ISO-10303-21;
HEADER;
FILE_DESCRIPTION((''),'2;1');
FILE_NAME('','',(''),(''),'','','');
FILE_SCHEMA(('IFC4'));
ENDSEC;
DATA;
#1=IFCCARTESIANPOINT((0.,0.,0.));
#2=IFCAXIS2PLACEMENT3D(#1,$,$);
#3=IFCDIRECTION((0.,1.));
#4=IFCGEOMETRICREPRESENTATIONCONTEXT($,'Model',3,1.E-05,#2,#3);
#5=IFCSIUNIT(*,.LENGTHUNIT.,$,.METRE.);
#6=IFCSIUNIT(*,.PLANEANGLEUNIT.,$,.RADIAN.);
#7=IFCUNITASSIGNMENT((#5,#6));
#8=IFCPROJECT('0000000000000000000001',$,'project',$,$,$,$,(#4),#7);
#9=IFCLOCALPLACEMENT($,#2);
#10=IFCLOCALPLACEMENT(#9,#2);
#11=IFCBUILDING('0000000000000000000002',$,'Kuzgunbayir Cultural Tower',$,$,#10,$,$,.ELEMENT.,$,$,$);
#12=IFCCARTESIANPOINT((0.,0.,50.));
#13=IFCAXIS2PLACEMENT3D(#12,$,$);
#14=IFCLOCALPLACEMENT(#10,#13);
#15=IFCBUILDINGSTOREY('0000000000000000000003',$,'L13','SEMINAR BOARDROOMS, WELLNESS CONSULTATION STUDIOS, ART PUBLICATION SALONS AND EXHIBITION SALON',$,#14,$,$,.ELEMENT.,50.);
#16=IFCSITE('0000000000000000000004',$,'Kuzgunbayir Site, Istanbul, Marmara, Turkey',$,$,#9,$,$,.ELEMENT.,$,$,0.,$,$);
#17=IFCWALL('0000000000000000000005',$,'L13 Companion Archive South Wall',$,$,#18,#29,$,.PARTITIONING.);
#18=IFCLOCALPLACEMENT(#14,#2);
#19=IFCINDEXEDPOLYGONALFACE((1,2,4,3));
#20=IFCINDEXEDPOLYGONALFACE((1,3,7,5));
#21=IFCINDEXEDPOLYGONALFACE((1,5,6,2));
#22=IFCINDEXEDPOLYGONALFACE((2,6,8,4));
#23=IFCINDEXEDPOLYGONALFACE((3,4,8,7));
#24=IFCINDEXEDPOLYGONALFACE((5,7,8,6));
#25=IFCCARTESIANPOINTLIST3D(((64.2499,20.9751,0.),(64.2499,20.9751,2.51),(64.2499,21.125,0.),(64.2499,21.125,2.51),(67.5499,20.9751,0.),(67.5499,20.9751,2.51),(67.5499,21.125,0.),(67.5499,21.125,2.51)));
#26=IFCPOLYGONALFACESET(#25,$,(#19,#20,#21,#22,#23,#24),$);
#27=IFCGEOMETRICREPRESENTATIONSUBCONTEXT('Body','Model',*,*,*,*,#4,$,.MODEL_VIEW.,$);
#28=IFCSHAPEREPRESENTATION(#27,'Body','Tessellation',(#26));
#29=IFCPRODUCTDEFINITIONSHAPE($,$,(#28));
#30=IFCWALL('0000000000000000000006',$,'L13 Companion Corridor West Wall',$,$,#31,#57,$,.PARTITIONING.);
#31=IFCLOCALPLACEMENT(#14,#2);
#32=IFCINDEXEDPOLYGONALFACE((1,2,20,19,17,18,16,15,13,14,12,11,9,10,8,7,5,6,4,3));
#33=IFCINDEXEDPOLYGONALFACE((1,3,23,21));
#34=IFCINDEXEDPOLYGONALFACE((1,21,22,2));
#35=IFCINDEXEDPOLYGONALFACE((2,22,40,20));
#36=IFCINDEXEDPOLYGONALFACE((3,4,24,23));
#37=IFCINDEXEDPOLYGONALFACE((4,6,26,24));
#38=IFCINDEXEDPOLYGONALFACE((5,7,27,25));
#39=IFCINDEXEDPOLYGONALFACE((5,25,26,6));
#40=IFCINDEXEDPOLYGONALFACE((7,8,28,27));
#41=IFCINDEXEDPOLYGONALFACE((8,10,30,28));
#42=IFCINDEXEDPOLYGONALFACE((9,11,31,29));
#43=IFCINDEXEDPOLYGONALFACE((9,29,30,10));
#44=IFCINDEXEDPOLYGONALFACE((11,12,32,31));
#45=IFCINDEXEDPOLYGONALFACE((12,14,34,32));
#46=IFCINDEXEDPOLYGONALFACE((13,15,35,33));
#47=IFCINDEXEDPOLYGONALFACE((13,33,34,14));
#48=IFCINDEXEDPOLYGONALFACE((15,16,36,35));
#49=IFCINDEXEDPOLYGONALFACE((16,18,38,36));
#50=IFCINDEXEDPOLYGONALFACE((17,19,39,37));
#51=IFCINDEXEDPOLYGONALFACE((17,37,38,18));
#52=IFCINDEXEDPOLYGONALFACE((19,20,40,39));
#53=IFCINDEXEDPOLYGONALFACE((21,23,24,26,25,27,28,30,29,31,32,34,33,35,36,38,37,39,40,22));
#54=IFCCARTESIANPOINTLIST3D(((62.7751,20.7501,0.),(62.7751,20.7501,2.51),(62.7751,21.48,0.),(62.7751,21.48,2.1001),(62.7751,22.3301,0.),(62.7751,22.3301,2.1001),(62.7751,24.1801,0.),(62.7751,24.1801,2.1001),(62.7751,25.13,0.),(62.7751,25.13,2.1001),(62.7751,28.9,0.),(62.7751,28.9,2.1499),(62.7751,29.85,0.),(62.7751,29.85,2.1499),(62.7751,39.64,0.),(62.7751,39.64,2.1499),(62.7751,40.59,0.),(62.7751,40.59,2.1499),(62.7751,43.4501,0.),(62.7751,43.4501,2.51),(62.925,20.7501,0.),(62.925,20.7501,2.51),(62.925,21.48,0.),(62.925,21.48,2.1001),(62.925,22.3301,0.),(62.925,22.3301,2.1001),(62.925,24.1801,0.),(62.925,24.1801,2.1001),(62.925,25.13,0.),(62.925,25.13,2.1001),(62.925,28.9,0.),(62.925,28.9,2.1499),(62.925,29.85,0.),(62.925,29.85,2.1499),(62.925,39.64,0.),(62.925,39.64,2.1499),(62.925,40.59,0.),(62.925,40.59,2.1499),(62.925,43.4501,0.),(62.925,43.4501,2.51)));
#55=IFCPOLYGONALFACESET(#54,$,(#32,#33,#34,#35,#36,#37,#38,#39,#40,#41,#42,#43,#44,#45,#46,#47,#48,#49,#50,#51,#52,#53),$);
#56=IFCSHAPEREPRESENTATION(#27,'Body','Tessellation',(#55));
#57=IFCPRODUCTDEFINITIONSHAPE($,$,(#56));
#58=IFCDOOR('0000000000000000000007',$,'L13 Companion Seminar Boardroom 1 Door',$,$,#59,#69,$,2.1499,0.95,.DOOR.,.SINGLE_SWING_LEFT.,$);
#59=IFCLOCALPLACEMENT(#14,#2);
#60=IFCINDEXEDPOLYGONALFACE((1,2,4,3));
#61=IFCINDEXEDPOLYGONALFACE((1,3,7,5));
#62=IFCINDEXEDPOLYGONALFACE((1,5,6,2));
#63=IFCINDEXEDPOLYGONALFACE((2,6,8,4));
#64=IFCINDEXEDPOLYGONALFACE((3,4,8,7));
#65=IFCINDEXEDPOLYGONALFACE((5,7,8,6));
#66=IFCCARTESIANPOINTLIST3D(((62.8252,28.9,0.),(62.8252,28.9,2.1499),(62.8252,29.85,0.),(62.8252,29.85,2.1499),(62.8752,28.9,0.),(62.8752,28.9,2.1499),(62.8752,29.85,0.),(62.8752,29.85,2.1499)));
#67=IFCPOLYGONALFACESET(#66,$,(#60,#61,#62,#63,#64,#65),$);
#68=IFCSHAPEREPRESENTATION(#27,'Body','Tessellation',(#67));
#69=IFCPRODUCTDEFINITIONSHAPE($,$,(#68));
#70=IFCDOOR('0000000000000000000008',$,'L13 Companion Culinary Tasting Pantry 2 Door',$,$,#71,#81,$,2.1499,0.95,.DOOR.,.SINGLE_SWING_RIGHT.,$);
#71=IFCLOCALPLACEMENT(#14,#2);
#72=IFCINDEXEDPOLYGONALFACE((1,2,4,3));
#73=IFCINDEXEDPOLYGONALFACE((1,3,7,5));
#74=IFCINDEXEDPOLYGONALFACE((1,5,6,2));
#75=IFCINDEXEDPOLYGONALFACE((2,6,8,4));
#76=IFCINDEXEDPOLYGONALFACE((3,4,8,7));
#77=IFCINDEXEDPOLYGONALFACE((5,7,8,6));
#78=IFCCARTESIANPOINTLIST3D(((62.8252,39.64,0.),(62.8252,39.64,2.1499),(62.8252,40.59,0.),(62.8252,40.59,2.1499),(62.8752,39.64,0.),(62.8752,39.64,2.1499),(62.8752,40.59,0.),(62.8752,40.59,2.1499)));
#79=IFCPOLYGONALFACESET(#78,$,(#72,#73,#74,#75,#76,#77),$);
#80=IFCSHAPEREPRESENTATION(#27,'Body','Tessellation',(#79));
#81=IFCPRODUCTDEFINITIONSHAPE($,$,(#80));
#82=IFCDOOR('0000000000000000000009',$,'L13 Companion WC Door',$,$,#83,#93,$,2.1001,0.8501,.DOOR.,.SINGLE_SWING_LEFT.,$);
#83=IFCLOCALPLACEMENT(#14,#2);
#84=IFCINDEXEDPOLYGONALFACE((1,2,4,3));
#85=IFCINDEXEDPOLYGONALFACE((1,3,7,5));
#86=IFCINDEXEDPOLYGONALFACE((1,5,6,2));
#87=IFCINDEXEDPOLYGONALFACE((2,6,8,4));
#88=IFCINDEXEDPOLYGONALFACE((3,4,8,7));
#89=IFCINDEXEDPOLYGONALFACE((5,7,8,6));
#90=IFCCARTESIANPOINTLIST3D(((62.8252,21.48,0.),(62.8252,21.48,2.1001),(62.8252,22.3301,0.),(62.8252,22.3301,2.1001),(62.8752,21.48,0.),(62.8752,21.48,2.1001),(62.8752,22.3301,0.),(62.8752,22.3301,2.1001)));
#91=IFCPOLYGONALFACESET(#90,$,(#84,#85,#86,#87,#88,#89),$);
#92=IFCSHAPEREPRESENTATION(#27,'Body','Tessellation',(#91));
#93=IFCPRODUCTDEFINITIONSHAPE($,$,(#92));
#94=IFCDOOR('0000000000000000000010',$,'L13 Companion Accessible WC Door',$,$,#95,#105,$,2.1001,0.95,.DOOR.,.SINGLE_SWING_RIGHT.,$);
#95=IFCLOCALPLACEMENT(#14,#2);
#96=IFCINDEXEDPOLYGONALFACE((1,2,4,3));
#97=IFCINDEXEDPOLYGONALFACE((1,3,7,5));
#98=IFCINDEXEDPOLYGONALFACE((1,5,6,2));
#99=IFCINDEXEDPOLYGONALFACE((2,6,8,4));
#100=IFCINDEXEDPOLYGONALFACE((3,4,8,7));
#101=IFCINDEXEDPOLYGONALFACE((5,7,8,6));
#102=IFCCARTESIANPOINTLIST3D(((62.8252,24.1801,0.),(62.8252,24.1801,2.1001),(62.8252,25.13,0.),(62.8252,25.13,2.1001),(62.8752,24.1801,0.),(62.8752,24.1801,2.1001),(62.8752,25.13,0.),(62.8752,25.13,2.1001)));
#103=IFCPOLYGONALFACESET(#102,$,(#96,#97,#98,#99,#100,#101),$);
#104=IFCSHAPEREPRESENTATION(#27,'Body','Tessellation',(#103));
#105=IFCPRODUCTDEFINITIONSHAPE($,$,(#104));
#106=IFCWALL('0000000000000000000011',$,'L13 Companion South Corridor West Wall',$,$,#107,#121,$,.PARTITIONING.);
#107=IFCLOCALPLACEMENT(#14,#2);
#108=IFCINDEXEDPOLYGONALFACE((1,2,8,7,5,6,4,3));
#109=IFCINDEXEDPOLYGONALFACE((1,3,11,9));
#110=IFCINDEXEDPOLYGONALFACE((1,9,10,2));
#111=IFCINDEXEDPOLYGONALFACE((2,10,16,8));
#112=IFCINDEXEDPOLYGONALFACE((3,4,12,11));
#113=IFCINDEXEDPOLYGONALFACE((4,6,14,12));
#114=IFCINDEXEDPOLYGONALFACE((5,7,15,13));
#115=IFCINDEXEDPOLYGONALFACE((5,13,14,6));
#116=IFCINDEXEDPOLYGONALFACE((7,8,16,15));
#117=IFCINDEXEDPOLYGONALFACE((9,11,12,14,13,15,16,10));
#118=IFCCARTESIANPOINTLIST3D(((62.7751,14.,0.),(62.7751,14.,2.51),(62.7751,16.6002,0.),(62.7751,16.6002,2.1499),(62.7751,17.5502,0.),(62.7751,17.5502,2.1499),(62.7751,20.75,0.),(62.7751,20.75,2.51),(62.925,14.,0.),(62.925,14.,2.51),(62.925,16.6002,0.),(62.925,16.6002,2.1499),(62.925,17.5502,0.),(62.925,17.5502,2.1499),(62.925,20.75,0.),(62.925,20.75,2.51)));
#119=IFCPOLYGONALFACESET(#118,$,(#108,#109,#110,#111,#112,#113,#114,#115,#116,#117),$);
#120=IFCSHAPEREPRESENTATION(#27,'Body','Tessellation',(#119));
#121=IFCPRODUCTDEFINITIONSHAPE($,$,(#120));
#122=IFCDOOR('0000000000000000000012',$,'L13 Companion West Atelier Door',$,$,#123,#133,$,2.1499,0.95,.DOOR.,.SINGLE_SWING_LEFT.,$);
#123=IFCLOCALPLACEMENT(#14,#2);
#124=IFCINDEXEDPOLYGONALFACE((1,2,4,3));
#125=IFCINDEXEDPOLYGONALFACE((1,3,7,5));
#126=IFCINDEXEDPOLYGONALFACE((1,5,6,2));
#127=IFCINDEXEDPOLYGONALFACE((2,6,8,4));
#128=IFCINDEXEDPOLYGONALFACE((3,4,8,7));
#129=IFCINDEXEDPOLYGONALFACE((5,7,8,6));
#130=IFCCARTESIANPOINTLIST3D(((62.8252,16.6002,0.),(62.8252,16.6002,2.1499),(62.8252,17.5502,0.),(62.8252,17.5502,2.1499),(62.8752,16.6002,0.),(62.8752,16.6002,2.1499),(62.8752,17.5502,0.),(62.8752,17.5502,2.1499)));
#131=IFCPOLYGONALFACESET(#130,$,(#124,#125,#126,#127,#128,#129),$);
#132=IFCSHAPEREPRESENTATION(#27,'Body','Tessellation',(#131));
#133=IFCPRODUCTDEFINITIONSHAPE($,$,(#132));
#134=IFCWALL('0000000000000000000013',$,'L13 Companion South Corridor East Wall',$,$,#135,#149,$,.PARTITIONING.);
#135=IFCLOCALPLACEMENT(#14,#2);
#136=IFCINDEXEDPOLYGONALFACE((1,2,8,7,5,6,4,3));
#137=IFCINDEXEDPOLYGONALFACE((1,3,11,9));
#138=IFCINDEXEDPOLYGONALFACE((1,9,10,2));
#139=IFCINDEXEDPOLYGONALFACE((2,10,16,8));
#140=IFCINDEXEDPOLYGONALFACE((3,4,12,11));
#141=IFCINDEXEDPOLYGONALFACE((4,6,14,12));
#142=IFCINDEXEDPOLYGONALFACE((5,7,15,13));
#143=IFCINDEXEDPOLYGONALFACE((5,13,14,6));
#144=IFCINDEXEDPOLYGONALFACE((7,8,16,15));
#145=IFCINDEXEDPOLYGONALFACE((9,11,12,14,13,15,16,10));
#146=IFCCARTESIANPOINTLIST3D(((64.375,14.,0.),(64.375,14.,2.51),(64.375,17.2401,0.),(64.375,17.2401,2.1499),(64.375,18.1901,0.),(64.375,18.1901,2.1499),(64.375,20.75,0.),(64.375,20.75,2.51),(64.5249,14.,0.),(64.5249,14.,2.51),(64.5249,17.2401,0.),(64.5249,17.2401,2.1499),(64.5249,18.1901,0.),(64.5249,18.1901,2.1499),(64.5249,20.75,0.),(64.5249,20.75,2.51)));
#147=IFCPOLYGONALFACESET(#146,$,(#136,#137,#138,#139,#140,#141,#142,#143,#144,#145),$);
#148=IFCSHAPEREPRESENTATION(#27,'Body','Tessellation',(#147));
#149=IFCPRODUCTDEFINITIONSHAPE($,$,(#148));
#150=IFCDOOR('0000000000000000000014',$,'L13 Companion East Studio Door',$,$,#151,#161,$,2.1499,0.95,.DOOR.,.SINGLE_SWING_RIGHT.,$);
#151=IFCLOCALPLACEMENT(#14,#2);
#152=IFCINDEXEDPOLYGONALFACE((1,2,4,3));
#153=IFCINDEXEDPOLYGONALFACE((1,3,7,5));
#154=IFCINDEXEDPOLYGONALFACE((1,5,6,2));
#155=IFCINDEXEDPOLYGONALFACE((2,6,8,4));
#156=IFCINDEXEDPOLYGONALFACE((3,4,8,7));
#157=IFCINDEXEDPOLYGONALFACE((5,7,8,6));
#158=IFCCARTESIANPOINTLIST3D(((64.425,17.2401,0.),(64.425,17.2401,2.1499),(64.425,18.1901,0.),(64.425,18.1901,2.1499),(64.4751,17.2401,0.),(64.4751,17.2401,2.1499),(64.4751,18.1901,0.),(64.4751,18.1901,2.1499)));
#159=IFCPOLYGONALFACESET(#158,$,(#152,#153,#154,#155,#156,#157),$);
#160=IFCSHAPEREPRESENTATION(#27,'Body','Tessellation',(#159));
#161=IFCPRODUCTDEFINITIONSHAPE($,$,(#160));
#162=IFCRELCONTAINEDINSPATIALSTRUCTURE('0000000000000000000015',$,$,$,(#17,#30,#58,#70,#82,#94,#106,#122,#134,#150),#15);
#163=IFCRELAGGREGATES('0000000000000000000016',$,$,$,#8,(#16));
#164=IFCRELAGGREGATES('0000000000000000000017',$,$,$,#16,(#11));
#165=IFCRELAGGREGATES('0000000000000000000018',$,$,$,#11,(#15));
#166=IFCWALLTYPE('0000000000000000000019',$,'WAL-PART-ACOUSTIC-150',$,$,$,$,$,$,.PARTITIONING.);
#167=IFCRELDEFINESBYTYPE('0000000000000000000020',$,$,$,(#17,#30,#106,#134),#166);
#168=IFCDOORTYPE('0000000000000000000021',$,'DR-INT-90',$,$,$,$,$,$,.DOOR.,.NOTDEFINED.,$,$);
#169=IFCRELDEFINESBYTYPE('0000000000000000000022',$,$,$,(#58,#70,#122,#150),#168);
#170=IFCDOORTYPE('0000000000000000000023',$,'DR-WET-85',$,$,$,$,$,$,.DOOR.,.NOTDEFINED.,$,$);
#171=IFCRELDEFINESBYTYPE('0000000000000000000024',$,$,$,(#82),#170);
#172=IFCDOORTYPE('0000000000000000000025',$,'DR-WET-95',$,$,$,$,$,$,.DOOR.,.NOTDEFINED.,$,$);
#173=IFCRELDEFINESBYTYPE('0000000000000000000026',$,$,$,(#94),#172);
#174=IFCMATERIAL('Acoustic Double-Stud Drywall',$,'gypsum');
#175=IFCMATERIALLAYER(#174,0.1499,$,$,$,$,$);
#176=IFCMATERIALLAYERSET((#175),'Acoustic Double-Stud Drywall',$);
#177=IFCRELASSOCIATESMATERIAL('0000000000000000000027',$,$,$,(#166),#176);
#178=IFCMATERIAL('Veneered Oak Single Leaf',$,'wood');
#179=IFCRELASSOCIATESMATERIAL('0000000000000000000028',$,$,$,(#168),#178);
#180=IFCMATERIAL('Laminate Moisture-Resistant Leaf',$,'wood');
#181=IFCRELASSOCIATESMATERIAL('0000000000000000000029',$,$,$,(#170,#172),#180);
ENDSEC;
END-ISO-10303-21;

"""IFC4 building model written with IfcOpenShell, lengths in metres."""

from ifc_helpers import new_model, si_unit, direction, frame, frame_2d, origin, place, context, subcontext, project, spatial, rectangle, extrude, material, layer, layer_set, type_object, element, fill, save


model = new_model("IFC4")

# Units and contexts
model_context = context("Model", 3, precision=1e-05, world=origin(), true_north=direction((0.0, 1.0)))
body_context = subcontext(model_context, "Body", "Model", "MODEL_VIEW")
ifc_project = project(units=[si_unit("LENGTHUNIT", "METRE"), si_unit("PLANEANGLEUNIT", "RADIAN")], contexts=[model_context])

# Site, building, storey
site_placement = place(None, origin())
site = spatial("IfcSite", under=ifc_project, at=site_placement, Name="Kuzgunbayir Site, Istanbul, Marmara, Turkey", CompositionType="ELEMENT", RefElevation=0.0)
building_placement = place(site_placement, origin())
building = spatial("IfcBuilding", under=site, at=building_placement, Name="Kuzgunbayir Cultural Tower", CompositionType="ELEMENT")
storey_placement = place(building_placement, frame((0.0, 0.0, 50.0)))
storey = spatial("IfcBuildingStorey", under=building, at=storey_placement, Name="L13", Description="SEMINAR BOARDROOMS, WELLNESS CONSULTATION STUDIOS, ART PUBLICATION SALONS AND EXHIBITION SALON", CompositionType="ELEMENT", Elevation=50.0)

# Shared definitions
ifc_material_1 = material(Name="Acoustic Double-Stud Drywall", Category="gypsum")
ifc_layer_1 = layer(ifc_material_1, 0.1499)
ifc_layer_set_1 = layer_set([ifc_layer_1], Name="Acoustic Double-Stud Drywall")
wall_type_1 = type_object("IfcWallType", Name="WAL-PART-ACOUSTIC-150", PredefinedType="PARTITIONING", material=ifc_layer_set_1)
ifc_material_2 = material(Name="Veneered Oak Single Leaf", Category="wood")
door_type_1 = type_object("IfcDoorType", Name="DR-INT-90", OperationType="NOTDEFINED", PredefinedType="DOOR", material=ifc_material_2)

# Wall
wall_1_placement = place(storey_placement, frame((64.25, 21.05, 0.0), z_axis=(0.0, 0.0, 1.0), x_axis=(1.0, 0.0, 0.0)))
element("IfcWall", 1, at=wall_1_placement, inside=storey, type_object=wall_type_1, Name="L13 Companion Archive South Wall", PredefinedType="PARTITIONING", context=body_context, shape_type="SweptSolid", body=[
    extrude(rectangle(XDim=3.3, YDim=0.1499, at=frame_2d((1.6499, 0.0))), origin(), (0.0, 0.0, 1.0), 2.51),
])

# Wall, openings, doors
wall_2_placement = place(storey_placement, frame((62.8501, 20.75, 0.0), z_axis=(0.0, 0.0, 1.0), x_axis=(0.0, 1.0, 0.0)))
wall_2 = element("IfcWall", 2, at=wall_2_placement, inside=storey, type_object=wall_type_1, Name="L13 Companion Corridor West Wall", PredefinedType="PARTITIONING", context=body_context, shape_type="SweptSolid", body=[
    extrude(rectangle(XDim=22.7, YDim=0.1499, at=frame_2d((11.3501, 0.0))), origin(), (0.0, 0.0, 1.0), 2.51),
])
opening_1_placement = place(wall_2_placement, frame((0.73, 0.0, 0.0)))
opening_1 = element("IfcOpeningElement", 3, at=opening_1_placement, cuts=wall_2, PredefinedType="OPENING", context=body_context, shape_type="SweptSolid", body=[
    extrude(rectangle(XDim=0.8501, YDim=2.1001, at=frame_2d((0.425, 1.05))), frame((0.0, 0.085, 0.0), z_axis=(0.0, -1.0, 0.0), x_axis=(1.0, 0.0, 0.0)), (0.0, 0.0, 1.0), 0.1699),
])
opening_2_placement = place(wall_2_placement, frame((3.4299, 0.0, 0.0)))
opening_2 = element("IfcOpeningElement", 4, at=opening_2_placement, cuts=wall_2, PredefinedType="OPENING", context=body_context, shape_type="SweptSolid", body=[
    extrude(rectangle(XDim=0.95, YDim=2.1001, at=frame_2d((0.4751, 1.05))), frame((0.0, 0.085, 0.0), z_axis=(0.0, -1.0, 0.0), x_axis=(1.0, 0.0, 0.0)), (0.0, 0.0, 1.0), 0.1699),
])
opening_3_placement = place(wall_2_placement, frame((8.1499, 0.0, 0.0)))
opening_3 = element("IfcOpeningElement", 5, at=opening_3_placement, cuts=wall_2, PredefinedType="OPENING", context=body_context, shape_type="SweptSolid", body=[
    extrude(rectangle(XDim=0.95, YDim=2.1499, at=frame_2d((0.4751, 1.075))), frame((0.0, 0.085, 0.0), z_axis=(0.0, -1.0, 0.0), x_axis=(1.0, 0.0, 0.0)), (0.0, 0.0, 1.0), 0.1699),
])
opening_4_placement = place(wall_2_placement, frame((18.8899, 0.0, 0.0)))
opening_4 = element("IfcOpeningElement", 6, at=opening_4_placement, cuts=wall_2, PredefinedType="OPENING", context=body_context, shape_type="SweptSolid", body=[
    extrude(rectangle(XDim=0.95, YDim=2.1499, at=frame_2d((0.4751, 1.075))), frame((0.0, 0.085, 0.0), z_axis=(0.0, -1.0, 0.0), x_axis=(1.0, 0.0, 0.0)), (0.0, 0.0, 1.0), 0.1699),
])
door_1_placement = place(opening_3_placement, origin())
door_1 = element("IfcDoor", 7, at=door_1_placement, inside=storey, type_object=door_type_1, Name="L13 Companion Seminar Boardroom 1 Door", OperationType="SINGLE_SWING_LEFT", OverallHeight=2.1499, OverallWidth=0.95, PredefinedType="DOOR", context=body_context, shape_type="SweptSolid", body=[
    extrude(rectangle(XDim=0.95, YDim=2.1499, at=frame_2d((0.4751, 1.075))), frame((0.0, 0.0249, 0.0), z_axis=(0.0, -1.0, 0.0), x_axis=(1.0, 0.0, 0.0)), (0.0, 0.0, 1.0), 0.05),
])
fill(opening_3, door_1)
door_2_placement = place(opening_4_placement, origin())
door_2 = element("IfcDoor", 8, at=door_2_placement, inside=storey, type_object=door_type_1, Name="L13 Companion Culinary Tasting Pantry 2 Door", OperationType="SINGLE_SWING_RIGHT", OverallHeight=2.1499, OverallWidth=0.95, PredefinedType="DOOR", context=body_context, shape_type="SweptSolid", body=[
    extrude(rectangle(XDim=0.95, YDim=2.1499, at=frame_2d((0.4751, 1.075))), frame((0.0, 0.0249, 0.0), z_axis=(0.0, -1.0, 0.0), x_axis=(1.0, 0.0, 0.0)), (0.0, 0.0, 1.0), 0.05),
])
fill(opening_4, door_2)
ifc_material_3 = material(Name="Laminate Moisture-Resistant Leaf", Category="wood")
door_type_2 = type_object("IfcDoorType", Name="DR-WET-85", OperationType="NOTDEFINED", PredefinedType="DOOR", material=ifc_material_3)
door_3_placement = place(opening_1_placement, origin())
door_3 = element("IfcDoor", 9, at=door_3_placement, inside=storey, type_object=door_type_2, Name="L13 Companion WC Door", OperationType="SINGLE_SWING_LEFT", OverallHeight=2.1001, OverallWidth=0.8501, PredefinedType="DOOR", context=body_context, shape_type="SweptSolid", body=[
    extrude(rectangle(XDim=0.8501, YDim=2.1001, at=frame_2d((0.425, 1.05))), frame((0.0, 0.0249, 0.0), z_axis=(0.0, -1.0, 0.0), x_axis=(1.0, 0.0, 0.0)), (0.0, 0.0, 1.0), 0.05),
])
fill(opening_1, door_3)
door_type_3 = type_object("IfcDoorType", Name="DR-WET-95", OperationType="NOTDEFINED", PredefinedType="DOOR", material=ifc_material_3)
door_4_placement = place(opening_2_placement, origin())
door_4 = element("IfcDoor", 10, at=door_4_placement, inside=storey, type_object=door_type_3, Name="L13 Companion Accessible WC Door", OperationType="SINGLE_SWING_RIGHT", OverallHeight=2.1001, OverallWidth=0.95, PredefinedType="DOOR", context=body_context, shape_type="SweptSolid", body=[
    extrude(rectangle(XDim=0.95, YDim=2.1001, at=frame_2d((0.4751, 1.05))), frame((0.0, 0.0249, 0.0), z_axis=(0.0, -1.0, 0.0), x_axis=(1.0, 0.0, 0.0)), (0.0, 0.0, 1.0), 0.05),
])
fill(opening_2, door_4)

# Walls, openings, doors
wall_3_placement = place(storey_placement, frame((62.8501, 14.0, 0.0), z_axis=(0.0, 0.0, 1.0), x_axis=(0.0, 1.0, 0.0)))
wall_3 = element("IfcWall", 11, at=wall_3_placement, inside=storey, type_object=wall_type_1, Name="L13 Companion South Corridor West Wall", PredefinedType="PARTITIONING", context=body_context, shape_type="SweptSolid", body=[
    extrude(rectangle(XDim=6.75, YDim=0.1499, at=frame_2d((3.375, 0.0))), origin(), (0.0, 0.0, 1.0), 2.51),
])
opening_5_placement = place(wall_3_placement, frame((2.6001, 0.0, 0.0)))
opening_5 = element("IfcOpeningElement", 12, at=opening_5_placement, cuts=wall_3, PredefinedType="OPENING", context=body_context, shape_type="SweptSolid", body=[
    extrude(rectangle(XDim=0.95, YDim=2.1499, at=frame_2d((0.4751, 1.075))), frame((0.0, 0.085, 0.0), z_axis=(0.0, -1.0, 0.0), x_axis=(1.0, 0.0, 0.0)), (0.0, 0.0, 1.0), 0.1699),
])
door_5_placement = place(opening_5_placement, origin())
door_5 = element("IfcDoor", 13, at=door_5_placement, inside=storey, type_object=door_type_1, Name="L13 Companion West Atelier Door", OperationType="SINGLE_SWING_LEFT", OverallHeight=2.1499, OverallWidth=0.95, PredefinedType="DOOR", context=body_context, shape_type="SweptSolid", body=[
    extrude(rectangle(XDim=0.95, YDim=2.1499, at=frame_2d((0.4751, 1.075))), frame((0.0, 0.0249, 0.0), z_axis=(0.0, -1.0, 0.0), x_axis=(1.0, 0.0, 0.0)), (0.0, 0.0, 1.0), 0.05),
])
fill(opening_5, door_5)
wall_4_placement = place(storey_placement, frame((64.45, 14.0, 0.0), z_axis=(0.0, 0.0, 1.0), x_axis=(0.0, 1.0, 0.0)))
wall_4 = element("IfcWall", 14, at=wall_4_placement, inside=storey, type_object=wall_type_1, Name="L13 Companion South Corridor East Wall", PredefinedType="PARTITIONING", context=body_context, shape_type="SweptSolid", body=[
    extrude(rectangle(XDim=6.75, YDim=0.1499, at=frame_2d((3.375, 0.0))), origin(), (0.0, 0.0, 1.0), 2.51),
])
opening_6_placement = place(wall_4_placement, frame((3.24, 0.0, 0.0)))
opening_6 = element("IfcOpeningElement", 15, at=opening_6_placement, cuts=wall_4, PredefinedType="OPENING", context=body_context, shape_type="SweptSolid", body=[
    extrude(rectangle(XDim=0.95, YDim=2.1499, at=frame_2d((0.4751, 1.075))), frame((0.0, 0.085, 0.0), z_axis=(0.0, -1.0, 0.0), x_axis=(1.0, 0.0, 0.0)), (0.0, 0.0, 1.0), 0.1699),
])
door_6_placement = place(opening_6_placement, origin())
door_6 = element("IfcDoor", 16, at=door_6_placement, inside=storey, type_object=door_type_1, Name="L13 Companion East Studio Door", OperationType="SINGLE_SWING_RIGHT", OverallHeight=2.1499, OverallWidth=0.95, PredefinedType="DOOR", context=body_context, shape_type="SweptSolid", body=[
    extrude(rectangle(XDim=0.95, YDim=2.1499, at=frame_2d((0.4751, 1.075))), frame((0.0, 0.0249, 0.0), z_axis=(0.0, -1.0, 0.0), x_axis=(1.0, 0.0, 0.0)), (0.0, 0.0, 1.0), 0.05),
])
fill(opening_6, door_6)

save(model, "model.ifc")
